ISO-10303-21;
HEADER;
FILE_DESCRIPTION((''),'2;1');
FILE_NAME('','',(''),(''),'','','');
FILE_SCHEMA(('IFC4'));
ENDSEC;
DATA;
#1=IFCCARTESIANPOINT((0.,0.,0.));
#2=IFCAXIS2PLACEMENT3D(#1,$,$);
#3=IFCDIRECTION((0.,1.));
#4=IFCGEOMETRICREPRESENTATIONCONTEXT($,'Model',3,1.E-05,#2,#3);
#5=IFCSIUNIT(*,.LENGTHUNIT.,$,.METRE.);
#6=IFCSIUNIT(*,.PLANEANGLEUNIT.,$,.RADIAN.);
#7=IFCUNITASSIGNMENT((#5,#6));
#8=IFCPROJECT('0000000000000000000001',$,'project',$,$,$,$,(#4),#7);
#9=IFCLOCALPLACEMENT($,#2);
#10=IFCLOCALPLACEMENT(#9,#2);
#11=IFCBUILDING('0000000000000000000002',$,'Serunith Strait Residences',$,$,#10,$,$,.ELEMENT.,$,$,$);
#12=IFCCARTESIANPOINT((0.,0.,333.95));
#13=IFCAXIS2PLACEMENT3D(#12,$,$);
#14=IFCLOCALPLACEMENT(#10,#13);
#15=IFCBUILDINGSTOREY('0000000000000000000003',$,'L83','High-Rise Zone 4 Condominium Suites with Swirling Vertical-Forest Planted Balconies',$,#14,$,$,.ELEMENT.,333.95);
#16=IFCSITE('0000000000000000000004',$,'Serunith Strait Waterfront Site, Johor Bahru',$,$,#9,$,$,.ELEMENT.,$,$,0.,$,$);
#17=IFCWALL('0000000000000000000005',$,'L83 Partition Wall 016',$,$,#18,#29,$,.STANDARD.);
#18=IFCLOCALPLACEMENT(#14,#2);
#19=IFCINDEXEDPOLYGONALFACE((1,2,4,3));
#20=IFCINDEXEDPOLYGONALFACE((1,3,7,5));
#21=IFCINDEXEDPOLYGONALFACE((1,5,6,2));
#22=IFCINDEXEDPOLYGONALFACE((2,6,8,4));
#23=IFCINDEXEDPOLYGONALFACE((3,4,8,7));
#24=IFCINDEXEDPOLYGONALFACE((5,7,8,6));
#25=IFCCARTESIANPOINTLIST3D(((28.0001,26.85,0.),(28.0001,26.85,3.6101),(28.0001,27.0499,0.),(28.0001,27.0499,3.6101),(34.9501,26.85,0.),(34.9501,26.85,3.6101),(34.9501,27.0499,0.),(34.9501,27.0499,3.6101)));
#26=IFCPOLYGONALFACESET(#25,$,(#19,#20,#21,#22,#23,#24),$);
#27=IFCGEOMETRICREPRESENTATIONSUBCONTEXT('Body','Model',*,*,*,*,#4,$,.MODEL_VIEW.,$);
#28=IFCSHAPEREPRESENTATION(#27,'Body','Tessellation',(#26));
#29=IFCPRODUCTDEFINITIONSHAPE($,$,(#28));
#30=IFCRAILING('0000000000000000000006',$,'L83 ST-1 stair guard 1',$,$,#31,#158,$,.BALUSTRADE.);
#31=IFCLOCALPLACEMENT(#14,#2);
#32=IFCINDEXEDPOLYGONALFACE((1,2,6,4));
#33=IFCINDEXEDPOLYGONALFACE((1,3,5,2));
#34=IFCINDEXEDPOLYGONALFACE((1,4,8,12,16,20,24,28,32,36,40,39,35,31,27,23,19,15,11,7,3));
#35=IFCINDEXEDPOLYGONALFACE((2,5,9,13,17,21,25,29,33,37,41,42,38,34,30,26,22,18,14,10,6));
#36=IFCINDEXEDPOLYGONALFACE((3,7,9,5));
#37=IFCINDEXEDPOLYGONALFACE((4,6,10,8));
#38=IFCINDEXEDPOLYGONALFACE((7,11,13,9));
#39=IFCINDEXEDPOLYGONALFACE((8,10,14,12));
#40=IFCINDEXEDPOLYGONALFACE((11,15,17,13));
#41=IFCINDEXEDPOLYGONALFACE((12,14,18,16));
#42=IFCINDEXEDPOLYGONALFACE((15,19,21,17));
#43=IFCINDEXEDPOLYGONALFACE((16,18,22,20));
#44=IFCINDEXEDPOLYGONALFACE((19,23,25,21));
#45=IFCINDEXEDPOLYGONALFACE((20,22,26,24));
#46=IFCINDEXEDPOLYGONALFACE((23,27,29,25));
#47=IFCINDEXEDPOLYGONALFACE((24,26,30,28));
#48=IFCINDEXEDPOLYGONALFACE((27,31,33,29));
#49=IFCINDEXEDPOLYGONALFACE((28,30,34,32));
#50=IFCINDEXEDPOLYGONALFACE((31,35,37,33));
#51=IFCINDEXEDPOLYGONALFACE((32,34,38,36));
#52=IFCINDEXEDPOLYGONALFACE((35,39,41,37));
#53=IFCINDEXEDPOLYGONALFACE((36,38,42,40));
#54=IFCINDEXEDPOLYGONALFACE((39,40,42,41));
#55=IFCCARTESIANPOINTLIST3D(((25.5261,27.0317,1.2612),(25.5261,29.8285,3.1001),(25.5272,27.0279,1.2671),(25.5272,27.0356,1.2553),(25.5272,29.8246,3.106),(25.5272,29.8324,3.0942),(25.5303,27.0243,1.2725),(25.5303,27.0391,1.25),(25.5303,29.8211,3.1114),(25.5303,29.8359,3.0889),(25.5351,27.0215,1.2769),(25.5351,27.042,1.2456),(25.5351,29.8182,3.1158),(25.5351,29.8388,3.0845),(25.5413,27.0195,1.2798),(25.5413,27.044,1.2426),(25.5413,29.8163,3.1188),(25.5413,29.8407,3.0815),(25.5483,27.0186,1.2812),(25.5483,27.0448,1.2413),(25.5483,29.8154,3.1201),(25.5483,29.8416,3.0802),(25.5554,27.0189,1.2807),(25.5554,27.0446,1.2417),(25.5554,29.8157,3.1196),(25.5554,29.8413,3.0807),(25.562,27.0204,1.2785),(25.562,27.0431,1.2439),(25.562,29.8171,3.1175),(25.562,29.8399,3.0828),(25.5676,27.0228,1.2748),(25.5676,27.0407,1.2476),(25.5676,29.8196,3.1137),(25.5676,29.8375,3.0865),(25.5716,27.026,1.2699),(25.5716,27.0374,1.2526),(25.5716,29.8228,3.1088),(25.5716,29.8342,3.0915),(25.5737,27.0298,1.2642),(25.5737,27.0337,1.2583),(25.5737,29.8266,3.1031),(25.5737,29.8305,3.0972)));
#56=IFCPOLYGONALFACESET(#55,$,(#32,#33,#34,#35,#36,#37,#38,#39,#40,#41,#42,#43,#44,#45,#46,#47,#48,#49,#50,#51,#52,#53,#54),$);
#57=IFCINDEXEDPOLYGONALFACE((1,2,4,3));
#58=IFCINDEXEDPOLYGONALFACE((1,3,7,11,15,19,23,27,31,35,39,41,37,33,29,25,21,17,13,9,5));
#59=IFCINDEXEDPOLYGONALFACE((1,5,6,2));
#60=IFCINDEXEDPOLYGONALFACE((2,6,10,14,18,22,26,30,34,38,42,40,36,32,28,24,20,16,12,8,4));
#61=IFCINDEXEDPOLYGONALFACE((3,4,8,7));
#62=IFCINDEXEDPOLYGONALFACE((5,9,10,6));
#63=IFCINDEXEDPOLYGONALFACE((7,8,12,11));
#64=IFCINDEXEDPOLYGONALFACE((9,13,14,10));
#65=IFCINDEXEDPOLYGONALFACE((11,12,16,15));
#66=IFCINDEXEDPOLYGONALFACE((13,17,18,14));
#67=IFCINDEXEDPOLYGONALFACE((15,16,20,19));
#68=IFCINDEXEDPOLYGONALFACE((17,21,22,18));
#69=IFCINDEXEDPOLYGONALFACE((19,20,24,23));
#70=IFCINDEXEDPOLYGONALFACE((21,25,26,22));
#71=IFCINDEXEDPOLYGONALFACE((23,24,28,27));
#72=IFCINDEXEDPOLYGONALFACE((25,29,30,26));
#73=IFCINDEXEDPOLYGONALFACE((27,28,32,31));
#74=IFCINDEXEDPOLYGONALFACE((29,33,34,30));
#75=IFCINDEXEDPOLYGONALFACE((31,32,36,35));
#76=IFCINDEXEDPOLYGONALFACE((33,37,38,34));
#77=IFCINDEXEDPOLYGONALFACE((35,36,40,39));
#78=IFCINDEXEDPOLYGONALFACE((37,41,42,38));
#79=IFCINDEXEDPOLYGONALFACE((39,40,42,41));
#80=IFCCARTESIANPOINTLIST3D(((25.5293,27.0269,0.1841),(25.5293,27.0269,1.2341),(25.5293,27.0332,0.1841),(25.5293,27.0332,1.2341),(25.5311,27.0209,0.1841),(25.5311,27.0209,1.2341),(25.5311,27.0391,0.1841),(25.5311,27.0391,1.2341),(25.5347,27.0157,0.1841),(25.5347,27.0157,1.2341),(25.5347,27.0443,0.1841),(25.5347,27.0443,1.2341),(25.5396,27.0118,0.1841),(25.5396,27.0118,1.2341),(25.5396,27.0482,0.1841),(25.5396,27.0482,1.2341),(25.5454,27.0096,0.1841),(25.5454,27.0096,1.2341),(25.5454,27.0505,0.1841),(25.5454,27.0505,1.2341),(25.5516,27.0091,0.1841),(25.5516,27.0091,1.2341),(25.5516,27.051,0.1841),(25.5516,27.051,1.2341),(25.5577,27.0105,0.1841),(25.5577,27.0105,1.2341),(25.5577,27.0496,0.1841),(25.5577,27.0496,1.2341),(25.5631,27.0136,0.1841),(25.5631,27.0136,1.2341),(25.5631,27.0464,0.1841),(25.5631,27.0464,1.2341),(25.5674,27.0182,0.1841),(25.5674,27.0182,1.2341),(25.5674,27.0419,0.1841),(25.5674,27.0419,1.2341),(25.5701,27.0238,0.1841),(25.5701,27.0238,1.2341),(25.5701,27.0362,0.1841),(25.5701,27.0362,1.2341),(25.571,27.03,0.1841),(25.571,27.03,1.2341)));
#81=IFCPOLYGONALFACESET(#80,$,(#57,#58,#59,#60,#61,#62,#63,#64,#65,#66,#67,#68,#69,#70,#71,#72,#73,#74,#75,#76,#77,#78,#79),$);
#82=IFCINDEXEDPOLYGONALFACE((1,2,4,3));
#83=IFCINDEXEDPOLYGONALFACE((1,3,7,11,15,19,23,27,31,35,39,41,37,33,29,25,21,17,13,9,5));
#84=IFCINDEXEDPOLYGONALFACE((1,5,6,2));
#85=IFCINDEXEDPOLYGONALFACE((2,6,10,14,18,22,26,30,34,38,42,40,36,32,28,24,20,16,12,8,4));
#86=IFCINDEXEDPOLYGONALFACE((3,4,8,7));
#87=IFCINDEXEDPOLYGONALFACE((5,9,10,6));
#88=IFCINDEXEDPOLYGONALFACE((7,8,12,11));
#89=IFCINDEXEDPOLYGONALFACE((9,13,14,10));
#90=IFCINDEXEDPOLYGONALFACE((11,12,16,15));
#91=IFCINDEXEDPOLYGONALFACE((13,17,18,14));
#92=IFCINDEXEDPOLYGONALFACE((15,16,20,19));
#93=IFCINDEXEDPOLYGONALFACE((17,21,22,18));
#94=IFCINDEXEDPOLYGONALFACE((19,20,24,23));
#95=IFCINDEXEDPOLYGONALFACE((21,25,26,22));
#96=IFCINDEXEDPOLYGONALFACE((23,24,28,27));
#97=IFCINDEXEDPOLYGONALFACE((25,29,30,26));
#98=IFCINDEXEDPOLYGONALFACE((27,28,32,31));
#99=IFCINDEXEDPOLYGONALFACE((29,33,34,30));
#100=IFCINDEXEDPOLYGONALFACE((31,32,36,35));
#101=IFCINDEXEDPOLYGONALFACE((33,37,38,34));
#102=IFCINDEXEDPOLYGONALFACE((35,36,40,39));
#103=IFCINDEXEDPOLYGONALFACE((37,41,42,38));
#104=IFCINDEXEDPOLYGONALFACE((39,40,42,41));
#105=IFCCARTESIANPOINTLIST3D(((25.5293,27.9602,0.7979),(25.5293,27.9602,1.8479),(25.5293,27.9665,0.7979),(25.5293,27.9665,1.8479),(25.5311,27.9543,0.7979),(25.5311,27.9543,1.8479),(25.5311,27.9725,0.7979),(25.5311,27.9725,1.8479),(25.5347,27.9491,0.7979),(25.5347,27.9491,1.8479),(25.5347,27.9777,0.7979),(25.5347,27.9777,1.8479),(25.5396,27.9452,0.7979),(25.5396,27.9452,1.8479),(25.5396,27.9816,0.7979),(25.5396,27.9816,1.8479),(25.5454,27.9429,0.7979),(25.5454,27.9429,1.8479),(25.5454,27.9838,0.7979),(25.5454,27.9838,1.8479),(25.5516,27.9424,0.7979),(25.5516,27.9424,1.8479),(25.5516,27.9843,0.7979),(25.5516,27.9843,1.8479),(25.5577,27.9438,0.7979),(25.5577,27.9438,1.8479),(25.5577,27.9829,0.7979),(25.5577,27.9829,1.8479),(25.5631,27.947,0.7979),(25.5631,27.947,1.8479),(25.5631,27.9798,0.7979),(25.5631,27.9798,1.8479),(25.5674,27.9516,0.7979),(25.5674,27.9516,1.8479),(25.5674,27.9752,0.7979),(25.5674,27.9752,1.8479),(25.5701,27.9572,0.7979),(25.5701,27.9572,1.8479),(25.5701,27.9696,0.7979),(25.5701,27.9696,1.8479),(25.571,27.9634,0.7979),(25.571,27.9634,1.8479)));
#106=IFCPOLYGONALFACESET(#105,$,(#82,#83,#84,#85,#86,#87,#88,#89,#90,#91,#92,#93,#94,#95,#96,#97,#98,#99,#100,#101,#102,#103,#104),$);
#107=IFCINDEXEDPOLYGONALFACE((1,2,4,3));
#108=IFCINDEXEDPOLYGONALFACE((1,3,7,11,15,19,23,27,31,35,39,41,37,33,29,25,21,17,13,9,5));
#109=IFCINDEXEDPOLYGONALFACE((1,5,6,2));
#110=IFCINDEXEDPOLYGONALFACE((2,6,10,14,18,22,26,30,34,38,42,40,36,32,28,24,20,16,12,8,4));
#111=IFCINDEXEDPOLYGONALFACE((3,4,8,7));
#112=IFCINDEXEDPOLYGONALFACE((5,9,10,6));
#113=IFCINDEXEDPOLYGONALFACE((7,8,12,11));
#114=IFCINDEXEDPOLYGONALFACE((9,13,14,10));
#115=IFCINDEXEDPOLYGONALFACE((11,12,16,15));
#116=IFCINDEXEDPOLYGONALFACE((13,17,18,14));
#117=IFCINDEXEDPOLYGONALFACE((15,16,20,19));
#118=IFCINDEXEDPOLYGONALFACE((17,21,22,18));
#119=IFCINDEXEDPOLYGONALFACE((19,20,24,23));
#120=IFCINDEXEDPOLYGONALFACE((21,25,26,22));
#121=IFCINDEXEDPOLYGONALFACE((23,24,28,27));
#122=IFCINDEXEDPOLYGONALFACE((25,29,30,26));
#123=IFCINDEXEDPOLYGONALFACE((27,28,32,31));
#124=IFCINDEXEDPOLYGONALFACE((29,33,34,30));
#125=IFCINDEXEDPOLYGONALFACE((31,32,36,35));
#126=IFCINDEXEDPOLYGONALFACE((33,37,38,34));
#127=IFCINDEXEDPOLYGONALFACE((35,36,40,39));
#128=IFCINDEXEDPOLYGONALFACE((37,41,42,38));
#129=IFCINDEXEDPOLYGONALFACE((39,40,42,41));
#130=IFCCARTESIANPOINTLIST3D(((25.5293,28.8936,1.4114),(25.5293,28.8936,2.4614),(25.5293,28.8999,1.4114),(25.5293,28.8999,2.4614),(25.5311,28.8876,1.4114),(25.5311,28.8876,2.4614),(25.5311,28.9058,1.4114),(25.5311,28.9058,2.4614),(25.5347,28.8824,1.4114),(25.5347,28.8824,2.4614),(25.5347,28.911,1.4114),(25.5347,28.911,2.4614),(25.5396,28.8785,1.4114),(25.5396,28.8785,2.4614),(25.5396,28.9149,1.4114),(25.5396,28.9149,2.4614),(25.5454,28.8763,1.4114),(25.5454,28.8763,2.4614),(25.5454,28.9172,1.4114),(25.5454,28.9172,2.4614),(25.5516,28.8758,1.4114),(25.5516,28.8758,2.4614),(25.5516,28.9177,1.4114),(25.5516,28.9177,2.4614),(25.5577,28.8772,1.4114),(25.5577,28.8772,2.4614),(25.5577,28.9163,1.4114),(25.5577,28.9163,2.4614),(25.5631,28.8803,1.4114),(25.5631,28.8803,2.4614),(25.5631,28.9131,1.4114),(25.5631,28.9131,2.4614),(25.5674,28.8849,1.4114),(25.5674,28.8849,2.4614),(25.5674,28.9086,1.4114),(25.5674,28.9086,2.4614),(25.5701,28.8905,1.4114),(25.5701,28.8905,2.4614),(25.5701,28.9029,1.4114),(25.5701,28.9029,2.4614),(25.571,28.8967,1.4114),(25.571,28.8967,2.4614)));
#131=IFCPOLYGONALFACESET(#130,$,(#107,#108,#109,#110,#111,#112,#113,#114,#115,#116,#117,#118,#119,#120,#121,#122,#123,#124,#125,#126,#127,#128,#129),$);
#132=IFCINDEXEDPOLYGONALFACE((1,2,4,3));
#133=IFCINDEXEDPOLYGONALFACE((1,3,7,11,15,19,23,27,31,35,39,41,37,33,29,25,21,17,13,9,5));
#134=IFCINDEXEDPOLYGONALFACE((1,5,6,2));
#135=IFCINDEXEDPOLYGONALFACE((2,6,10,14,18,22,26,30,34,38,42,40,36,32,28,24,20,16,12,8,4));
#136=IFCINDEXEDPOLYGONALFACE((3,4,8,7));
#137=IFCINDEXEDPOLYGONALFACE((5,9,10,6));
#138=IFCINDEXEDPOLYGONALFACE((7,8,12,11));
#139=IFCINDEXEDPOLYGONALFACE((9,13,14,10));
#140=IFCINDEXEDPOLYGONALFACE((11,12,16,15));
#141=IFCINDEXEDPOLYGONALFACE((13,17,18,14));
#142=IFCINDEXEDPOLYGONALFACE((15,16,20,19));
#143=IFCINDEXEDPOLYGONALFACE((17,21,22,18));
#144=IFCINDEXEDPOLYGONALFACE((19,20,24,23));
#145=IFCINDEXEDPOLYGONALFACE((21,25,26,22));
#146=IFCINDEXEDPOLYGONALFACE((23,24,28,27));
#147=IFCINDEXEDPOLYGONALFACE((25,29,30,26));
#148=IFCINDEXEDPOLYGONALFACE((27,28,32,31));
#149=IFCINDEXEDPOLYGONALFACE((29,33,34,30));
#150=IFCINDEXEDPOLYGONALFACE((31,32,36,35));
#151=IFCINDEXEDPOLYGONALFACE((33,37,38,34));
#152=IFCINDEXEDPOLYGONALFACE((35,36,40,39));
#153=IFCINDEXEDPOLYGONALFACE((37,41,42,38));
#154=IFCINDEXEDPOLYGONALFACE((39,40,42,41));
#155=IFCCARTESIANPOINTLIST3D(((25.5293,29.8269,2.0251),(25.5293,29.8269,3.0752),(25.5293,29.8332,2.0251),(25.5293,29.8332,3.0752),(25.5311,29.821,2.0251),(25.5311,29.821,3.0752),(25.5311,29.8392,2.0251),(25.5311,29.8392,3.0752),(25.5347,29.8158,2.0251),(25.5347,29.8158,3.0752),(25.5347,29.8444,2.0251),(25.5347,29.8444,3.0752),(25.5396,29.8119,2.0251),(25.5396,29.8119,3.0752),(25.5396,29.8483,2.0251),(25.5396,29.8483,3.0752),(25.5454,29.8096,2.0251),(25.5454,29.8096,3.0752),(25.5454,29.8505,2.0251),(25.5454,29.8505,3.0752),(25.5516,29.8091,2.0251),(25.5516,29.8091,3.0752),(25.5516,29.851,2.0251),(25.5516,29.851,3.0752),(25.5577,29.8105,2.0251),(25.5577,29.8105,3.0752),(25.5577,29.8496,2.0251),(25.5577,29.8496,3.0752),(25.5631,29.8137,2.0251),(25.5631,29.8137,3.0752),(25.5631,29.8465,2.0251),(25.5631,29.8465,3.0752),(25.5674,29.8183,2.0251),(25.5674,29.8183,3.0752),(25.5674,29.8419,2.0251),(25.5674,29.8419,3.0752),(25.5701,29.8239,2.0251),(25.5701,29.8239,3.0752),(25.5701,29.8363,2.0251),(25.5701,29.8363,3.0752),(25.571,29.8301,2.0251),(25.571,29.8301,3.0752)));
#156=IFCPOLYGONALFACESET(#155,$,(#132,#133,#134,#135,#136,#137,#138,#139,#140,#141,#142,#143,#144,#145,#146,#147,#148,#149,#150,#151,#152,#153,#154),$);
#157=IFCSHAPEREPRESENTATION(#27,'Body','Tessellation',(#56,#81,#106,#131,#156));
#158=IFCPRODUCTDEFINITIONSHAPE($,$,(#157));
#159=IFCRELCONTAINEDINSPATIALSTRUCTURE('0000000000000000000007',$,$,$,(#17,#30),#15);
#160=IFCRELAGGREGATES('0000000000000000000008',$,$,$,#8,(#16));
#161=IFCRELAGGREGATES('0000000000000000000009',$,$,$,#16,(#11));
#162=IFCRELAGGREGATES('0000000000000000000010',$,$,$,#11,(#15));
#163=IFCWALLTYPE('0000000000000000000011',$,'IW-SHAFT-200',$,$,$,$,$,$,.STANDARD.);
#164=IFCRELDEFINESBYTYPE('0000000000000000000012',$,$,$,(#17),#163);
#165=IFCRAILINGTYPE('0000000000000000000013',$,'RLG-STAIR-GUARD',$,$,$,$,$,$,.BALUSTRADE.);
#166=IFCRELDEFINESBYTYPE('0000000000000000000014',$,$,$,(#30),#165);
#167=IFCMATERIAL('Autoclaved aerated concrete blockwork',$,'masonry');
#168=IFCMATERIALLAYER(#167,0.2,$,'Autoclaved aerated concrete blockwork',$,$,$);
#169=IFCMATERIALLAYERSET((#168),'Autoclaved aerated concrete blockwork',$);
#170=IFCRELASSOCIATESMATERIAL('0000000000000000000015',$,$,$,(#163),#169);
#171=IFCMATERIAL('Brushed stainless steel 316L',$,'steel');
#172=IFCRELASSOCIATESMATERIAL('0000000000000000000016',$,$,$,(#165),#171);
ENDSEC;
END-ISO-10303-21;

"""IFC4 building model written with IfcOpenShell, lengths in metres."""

from ifc_helpers import new_model, si_unit, direction, frame, frame_2d, origin, origin_2d, place, context, subcontext, project, spatial, rectangle, circle, extrude, material, layer, layer_set, type_object, element, save


model = new_model("IFC4")

# Units and contexts
model_context = context("Model", 3, precision=1e-05, world=origin(), true_north=direction((0.0, 1.0)))
body_context = subcontext(model_context, "Body", "Model", "MODEL_VIEW")
ifc_project = project(units=[si_unit("LENGTHUNIT", "METRE"), si_unit("PLANEANGLEUNIT", "RADIAN")], contexts=[model_context])

# Site, building, storey
site_placement = place(None, origin())
site = spatial("IfcSite", under=ifc_project, at=site_placement, Name="Serunith Strait Waterfront Site, Johor Bahru", CompositionType="ELEMENT", RefElevation=0.0)
building_placement = place(site_placement, origin())
building = spatial("IfcBuilding", under=site, at=building_placement, Name="Serunith Strait Residences", CompositionType="ELEMENT")
storey_placement = place(building_placement, frame((0.0, 0.0, 333.95)))
storey = spatial("IfcBuildingStorey", under=building, at=storey_placement, Name="L83", Description="High-Rise Zone 4 Condominium Suites with Swirling Vertical-Forest Planted Balconies", CompositionType="ELEMENT", Elevation=333.95)

# Shared definitions
ifc_material_1 = material(Name="Autoclaved aerated concrete blockwork", Category="masonry")
ifc_layer_1 = layer(ifc_material_1, 0.2, Name="Autoclaved aerated concrete blockwork")
ifc_layer_set_1 = layer_set([ifc_layer_1], Name="Autoclaved aerated concrete blockwork")
wall_type_1 = type_object("IfcWallType", Name="IW-SHAFT-200", PredefinedType="STANDARD", material=ifc_layer_set_1)

# Wall
wall_1_placement = place(storey_placement, frame((28.0, 26.95, 0.0), z_axis=(0.0, 0.0, 1.0), x_axis=(1.0, 0.0, 0.0)))
element("IfcWall", 1, at=wall_1_placement, inside=storey, type_object=wall_type_1, Name="L83 Partition Wall 016", PredefinedType="STANDARD", context=body_context, shape_type="SweptSolid", body=[
    extrude(rectangle(XDim=6.95, YDim=0.2, at=frame_2d((3.4751, 0.0))), origin(), (0.0, 0.0, 1.0), 3.6101),
])

# Railing
ifc_material_2 = material(Name="Brushed stainless steel 316L", Category="steel")
railing_type_1 = type_object("IfcRailingType", Name="RLG-STAIR-GUARD", PredefinedType="BALUSTRADE", material=ifc_material_2)
railing_1_placement = place(storey_placement, frame((25.55, 27.03, 0.1841)))
element("IfcRailing", 2, at=railing_1_placement, inside=storey, type_object=railing_type_1, Name="L83 ST-1 stair guard 1", PredefinedType="BALUSTRADE", context=body_context, shape_type="SweptSolid", body=[
    extrude(circle(Radius=0.0239, at=origin_2d()), frame((0.0, 0.0017, 1.0771), z_axis=(0.0, 0.835564, 0.549393), x_axis=(-1.0, 0.0, 0.0)), (0.0, 0.0, 1.0), 3.3472),
    extrude(circle(Radius=0.021, at=origin_2d()), origin(), (0.0, 0.0, 1.0), 1.05),
    extrude(circle(Radius=0.021, at=origin_2d()), frame((0.0, 0.9333, 0.6138)), (0.0, 0.0, 1.0), 1.05),
    extrude(circle(Radius=0.021, at=origin_2d()), frame((0.0, 1.8667, 1.2273)), (0.0, 0.0, 1.0), 1.05),
    extrude(circle(Radius=0.021, at=origin_2d()), frame((0.0, 2.8, 1.8411)), (0.0, 0.0, 1.0), 1.05),
])

save(model, "model.ifc")
